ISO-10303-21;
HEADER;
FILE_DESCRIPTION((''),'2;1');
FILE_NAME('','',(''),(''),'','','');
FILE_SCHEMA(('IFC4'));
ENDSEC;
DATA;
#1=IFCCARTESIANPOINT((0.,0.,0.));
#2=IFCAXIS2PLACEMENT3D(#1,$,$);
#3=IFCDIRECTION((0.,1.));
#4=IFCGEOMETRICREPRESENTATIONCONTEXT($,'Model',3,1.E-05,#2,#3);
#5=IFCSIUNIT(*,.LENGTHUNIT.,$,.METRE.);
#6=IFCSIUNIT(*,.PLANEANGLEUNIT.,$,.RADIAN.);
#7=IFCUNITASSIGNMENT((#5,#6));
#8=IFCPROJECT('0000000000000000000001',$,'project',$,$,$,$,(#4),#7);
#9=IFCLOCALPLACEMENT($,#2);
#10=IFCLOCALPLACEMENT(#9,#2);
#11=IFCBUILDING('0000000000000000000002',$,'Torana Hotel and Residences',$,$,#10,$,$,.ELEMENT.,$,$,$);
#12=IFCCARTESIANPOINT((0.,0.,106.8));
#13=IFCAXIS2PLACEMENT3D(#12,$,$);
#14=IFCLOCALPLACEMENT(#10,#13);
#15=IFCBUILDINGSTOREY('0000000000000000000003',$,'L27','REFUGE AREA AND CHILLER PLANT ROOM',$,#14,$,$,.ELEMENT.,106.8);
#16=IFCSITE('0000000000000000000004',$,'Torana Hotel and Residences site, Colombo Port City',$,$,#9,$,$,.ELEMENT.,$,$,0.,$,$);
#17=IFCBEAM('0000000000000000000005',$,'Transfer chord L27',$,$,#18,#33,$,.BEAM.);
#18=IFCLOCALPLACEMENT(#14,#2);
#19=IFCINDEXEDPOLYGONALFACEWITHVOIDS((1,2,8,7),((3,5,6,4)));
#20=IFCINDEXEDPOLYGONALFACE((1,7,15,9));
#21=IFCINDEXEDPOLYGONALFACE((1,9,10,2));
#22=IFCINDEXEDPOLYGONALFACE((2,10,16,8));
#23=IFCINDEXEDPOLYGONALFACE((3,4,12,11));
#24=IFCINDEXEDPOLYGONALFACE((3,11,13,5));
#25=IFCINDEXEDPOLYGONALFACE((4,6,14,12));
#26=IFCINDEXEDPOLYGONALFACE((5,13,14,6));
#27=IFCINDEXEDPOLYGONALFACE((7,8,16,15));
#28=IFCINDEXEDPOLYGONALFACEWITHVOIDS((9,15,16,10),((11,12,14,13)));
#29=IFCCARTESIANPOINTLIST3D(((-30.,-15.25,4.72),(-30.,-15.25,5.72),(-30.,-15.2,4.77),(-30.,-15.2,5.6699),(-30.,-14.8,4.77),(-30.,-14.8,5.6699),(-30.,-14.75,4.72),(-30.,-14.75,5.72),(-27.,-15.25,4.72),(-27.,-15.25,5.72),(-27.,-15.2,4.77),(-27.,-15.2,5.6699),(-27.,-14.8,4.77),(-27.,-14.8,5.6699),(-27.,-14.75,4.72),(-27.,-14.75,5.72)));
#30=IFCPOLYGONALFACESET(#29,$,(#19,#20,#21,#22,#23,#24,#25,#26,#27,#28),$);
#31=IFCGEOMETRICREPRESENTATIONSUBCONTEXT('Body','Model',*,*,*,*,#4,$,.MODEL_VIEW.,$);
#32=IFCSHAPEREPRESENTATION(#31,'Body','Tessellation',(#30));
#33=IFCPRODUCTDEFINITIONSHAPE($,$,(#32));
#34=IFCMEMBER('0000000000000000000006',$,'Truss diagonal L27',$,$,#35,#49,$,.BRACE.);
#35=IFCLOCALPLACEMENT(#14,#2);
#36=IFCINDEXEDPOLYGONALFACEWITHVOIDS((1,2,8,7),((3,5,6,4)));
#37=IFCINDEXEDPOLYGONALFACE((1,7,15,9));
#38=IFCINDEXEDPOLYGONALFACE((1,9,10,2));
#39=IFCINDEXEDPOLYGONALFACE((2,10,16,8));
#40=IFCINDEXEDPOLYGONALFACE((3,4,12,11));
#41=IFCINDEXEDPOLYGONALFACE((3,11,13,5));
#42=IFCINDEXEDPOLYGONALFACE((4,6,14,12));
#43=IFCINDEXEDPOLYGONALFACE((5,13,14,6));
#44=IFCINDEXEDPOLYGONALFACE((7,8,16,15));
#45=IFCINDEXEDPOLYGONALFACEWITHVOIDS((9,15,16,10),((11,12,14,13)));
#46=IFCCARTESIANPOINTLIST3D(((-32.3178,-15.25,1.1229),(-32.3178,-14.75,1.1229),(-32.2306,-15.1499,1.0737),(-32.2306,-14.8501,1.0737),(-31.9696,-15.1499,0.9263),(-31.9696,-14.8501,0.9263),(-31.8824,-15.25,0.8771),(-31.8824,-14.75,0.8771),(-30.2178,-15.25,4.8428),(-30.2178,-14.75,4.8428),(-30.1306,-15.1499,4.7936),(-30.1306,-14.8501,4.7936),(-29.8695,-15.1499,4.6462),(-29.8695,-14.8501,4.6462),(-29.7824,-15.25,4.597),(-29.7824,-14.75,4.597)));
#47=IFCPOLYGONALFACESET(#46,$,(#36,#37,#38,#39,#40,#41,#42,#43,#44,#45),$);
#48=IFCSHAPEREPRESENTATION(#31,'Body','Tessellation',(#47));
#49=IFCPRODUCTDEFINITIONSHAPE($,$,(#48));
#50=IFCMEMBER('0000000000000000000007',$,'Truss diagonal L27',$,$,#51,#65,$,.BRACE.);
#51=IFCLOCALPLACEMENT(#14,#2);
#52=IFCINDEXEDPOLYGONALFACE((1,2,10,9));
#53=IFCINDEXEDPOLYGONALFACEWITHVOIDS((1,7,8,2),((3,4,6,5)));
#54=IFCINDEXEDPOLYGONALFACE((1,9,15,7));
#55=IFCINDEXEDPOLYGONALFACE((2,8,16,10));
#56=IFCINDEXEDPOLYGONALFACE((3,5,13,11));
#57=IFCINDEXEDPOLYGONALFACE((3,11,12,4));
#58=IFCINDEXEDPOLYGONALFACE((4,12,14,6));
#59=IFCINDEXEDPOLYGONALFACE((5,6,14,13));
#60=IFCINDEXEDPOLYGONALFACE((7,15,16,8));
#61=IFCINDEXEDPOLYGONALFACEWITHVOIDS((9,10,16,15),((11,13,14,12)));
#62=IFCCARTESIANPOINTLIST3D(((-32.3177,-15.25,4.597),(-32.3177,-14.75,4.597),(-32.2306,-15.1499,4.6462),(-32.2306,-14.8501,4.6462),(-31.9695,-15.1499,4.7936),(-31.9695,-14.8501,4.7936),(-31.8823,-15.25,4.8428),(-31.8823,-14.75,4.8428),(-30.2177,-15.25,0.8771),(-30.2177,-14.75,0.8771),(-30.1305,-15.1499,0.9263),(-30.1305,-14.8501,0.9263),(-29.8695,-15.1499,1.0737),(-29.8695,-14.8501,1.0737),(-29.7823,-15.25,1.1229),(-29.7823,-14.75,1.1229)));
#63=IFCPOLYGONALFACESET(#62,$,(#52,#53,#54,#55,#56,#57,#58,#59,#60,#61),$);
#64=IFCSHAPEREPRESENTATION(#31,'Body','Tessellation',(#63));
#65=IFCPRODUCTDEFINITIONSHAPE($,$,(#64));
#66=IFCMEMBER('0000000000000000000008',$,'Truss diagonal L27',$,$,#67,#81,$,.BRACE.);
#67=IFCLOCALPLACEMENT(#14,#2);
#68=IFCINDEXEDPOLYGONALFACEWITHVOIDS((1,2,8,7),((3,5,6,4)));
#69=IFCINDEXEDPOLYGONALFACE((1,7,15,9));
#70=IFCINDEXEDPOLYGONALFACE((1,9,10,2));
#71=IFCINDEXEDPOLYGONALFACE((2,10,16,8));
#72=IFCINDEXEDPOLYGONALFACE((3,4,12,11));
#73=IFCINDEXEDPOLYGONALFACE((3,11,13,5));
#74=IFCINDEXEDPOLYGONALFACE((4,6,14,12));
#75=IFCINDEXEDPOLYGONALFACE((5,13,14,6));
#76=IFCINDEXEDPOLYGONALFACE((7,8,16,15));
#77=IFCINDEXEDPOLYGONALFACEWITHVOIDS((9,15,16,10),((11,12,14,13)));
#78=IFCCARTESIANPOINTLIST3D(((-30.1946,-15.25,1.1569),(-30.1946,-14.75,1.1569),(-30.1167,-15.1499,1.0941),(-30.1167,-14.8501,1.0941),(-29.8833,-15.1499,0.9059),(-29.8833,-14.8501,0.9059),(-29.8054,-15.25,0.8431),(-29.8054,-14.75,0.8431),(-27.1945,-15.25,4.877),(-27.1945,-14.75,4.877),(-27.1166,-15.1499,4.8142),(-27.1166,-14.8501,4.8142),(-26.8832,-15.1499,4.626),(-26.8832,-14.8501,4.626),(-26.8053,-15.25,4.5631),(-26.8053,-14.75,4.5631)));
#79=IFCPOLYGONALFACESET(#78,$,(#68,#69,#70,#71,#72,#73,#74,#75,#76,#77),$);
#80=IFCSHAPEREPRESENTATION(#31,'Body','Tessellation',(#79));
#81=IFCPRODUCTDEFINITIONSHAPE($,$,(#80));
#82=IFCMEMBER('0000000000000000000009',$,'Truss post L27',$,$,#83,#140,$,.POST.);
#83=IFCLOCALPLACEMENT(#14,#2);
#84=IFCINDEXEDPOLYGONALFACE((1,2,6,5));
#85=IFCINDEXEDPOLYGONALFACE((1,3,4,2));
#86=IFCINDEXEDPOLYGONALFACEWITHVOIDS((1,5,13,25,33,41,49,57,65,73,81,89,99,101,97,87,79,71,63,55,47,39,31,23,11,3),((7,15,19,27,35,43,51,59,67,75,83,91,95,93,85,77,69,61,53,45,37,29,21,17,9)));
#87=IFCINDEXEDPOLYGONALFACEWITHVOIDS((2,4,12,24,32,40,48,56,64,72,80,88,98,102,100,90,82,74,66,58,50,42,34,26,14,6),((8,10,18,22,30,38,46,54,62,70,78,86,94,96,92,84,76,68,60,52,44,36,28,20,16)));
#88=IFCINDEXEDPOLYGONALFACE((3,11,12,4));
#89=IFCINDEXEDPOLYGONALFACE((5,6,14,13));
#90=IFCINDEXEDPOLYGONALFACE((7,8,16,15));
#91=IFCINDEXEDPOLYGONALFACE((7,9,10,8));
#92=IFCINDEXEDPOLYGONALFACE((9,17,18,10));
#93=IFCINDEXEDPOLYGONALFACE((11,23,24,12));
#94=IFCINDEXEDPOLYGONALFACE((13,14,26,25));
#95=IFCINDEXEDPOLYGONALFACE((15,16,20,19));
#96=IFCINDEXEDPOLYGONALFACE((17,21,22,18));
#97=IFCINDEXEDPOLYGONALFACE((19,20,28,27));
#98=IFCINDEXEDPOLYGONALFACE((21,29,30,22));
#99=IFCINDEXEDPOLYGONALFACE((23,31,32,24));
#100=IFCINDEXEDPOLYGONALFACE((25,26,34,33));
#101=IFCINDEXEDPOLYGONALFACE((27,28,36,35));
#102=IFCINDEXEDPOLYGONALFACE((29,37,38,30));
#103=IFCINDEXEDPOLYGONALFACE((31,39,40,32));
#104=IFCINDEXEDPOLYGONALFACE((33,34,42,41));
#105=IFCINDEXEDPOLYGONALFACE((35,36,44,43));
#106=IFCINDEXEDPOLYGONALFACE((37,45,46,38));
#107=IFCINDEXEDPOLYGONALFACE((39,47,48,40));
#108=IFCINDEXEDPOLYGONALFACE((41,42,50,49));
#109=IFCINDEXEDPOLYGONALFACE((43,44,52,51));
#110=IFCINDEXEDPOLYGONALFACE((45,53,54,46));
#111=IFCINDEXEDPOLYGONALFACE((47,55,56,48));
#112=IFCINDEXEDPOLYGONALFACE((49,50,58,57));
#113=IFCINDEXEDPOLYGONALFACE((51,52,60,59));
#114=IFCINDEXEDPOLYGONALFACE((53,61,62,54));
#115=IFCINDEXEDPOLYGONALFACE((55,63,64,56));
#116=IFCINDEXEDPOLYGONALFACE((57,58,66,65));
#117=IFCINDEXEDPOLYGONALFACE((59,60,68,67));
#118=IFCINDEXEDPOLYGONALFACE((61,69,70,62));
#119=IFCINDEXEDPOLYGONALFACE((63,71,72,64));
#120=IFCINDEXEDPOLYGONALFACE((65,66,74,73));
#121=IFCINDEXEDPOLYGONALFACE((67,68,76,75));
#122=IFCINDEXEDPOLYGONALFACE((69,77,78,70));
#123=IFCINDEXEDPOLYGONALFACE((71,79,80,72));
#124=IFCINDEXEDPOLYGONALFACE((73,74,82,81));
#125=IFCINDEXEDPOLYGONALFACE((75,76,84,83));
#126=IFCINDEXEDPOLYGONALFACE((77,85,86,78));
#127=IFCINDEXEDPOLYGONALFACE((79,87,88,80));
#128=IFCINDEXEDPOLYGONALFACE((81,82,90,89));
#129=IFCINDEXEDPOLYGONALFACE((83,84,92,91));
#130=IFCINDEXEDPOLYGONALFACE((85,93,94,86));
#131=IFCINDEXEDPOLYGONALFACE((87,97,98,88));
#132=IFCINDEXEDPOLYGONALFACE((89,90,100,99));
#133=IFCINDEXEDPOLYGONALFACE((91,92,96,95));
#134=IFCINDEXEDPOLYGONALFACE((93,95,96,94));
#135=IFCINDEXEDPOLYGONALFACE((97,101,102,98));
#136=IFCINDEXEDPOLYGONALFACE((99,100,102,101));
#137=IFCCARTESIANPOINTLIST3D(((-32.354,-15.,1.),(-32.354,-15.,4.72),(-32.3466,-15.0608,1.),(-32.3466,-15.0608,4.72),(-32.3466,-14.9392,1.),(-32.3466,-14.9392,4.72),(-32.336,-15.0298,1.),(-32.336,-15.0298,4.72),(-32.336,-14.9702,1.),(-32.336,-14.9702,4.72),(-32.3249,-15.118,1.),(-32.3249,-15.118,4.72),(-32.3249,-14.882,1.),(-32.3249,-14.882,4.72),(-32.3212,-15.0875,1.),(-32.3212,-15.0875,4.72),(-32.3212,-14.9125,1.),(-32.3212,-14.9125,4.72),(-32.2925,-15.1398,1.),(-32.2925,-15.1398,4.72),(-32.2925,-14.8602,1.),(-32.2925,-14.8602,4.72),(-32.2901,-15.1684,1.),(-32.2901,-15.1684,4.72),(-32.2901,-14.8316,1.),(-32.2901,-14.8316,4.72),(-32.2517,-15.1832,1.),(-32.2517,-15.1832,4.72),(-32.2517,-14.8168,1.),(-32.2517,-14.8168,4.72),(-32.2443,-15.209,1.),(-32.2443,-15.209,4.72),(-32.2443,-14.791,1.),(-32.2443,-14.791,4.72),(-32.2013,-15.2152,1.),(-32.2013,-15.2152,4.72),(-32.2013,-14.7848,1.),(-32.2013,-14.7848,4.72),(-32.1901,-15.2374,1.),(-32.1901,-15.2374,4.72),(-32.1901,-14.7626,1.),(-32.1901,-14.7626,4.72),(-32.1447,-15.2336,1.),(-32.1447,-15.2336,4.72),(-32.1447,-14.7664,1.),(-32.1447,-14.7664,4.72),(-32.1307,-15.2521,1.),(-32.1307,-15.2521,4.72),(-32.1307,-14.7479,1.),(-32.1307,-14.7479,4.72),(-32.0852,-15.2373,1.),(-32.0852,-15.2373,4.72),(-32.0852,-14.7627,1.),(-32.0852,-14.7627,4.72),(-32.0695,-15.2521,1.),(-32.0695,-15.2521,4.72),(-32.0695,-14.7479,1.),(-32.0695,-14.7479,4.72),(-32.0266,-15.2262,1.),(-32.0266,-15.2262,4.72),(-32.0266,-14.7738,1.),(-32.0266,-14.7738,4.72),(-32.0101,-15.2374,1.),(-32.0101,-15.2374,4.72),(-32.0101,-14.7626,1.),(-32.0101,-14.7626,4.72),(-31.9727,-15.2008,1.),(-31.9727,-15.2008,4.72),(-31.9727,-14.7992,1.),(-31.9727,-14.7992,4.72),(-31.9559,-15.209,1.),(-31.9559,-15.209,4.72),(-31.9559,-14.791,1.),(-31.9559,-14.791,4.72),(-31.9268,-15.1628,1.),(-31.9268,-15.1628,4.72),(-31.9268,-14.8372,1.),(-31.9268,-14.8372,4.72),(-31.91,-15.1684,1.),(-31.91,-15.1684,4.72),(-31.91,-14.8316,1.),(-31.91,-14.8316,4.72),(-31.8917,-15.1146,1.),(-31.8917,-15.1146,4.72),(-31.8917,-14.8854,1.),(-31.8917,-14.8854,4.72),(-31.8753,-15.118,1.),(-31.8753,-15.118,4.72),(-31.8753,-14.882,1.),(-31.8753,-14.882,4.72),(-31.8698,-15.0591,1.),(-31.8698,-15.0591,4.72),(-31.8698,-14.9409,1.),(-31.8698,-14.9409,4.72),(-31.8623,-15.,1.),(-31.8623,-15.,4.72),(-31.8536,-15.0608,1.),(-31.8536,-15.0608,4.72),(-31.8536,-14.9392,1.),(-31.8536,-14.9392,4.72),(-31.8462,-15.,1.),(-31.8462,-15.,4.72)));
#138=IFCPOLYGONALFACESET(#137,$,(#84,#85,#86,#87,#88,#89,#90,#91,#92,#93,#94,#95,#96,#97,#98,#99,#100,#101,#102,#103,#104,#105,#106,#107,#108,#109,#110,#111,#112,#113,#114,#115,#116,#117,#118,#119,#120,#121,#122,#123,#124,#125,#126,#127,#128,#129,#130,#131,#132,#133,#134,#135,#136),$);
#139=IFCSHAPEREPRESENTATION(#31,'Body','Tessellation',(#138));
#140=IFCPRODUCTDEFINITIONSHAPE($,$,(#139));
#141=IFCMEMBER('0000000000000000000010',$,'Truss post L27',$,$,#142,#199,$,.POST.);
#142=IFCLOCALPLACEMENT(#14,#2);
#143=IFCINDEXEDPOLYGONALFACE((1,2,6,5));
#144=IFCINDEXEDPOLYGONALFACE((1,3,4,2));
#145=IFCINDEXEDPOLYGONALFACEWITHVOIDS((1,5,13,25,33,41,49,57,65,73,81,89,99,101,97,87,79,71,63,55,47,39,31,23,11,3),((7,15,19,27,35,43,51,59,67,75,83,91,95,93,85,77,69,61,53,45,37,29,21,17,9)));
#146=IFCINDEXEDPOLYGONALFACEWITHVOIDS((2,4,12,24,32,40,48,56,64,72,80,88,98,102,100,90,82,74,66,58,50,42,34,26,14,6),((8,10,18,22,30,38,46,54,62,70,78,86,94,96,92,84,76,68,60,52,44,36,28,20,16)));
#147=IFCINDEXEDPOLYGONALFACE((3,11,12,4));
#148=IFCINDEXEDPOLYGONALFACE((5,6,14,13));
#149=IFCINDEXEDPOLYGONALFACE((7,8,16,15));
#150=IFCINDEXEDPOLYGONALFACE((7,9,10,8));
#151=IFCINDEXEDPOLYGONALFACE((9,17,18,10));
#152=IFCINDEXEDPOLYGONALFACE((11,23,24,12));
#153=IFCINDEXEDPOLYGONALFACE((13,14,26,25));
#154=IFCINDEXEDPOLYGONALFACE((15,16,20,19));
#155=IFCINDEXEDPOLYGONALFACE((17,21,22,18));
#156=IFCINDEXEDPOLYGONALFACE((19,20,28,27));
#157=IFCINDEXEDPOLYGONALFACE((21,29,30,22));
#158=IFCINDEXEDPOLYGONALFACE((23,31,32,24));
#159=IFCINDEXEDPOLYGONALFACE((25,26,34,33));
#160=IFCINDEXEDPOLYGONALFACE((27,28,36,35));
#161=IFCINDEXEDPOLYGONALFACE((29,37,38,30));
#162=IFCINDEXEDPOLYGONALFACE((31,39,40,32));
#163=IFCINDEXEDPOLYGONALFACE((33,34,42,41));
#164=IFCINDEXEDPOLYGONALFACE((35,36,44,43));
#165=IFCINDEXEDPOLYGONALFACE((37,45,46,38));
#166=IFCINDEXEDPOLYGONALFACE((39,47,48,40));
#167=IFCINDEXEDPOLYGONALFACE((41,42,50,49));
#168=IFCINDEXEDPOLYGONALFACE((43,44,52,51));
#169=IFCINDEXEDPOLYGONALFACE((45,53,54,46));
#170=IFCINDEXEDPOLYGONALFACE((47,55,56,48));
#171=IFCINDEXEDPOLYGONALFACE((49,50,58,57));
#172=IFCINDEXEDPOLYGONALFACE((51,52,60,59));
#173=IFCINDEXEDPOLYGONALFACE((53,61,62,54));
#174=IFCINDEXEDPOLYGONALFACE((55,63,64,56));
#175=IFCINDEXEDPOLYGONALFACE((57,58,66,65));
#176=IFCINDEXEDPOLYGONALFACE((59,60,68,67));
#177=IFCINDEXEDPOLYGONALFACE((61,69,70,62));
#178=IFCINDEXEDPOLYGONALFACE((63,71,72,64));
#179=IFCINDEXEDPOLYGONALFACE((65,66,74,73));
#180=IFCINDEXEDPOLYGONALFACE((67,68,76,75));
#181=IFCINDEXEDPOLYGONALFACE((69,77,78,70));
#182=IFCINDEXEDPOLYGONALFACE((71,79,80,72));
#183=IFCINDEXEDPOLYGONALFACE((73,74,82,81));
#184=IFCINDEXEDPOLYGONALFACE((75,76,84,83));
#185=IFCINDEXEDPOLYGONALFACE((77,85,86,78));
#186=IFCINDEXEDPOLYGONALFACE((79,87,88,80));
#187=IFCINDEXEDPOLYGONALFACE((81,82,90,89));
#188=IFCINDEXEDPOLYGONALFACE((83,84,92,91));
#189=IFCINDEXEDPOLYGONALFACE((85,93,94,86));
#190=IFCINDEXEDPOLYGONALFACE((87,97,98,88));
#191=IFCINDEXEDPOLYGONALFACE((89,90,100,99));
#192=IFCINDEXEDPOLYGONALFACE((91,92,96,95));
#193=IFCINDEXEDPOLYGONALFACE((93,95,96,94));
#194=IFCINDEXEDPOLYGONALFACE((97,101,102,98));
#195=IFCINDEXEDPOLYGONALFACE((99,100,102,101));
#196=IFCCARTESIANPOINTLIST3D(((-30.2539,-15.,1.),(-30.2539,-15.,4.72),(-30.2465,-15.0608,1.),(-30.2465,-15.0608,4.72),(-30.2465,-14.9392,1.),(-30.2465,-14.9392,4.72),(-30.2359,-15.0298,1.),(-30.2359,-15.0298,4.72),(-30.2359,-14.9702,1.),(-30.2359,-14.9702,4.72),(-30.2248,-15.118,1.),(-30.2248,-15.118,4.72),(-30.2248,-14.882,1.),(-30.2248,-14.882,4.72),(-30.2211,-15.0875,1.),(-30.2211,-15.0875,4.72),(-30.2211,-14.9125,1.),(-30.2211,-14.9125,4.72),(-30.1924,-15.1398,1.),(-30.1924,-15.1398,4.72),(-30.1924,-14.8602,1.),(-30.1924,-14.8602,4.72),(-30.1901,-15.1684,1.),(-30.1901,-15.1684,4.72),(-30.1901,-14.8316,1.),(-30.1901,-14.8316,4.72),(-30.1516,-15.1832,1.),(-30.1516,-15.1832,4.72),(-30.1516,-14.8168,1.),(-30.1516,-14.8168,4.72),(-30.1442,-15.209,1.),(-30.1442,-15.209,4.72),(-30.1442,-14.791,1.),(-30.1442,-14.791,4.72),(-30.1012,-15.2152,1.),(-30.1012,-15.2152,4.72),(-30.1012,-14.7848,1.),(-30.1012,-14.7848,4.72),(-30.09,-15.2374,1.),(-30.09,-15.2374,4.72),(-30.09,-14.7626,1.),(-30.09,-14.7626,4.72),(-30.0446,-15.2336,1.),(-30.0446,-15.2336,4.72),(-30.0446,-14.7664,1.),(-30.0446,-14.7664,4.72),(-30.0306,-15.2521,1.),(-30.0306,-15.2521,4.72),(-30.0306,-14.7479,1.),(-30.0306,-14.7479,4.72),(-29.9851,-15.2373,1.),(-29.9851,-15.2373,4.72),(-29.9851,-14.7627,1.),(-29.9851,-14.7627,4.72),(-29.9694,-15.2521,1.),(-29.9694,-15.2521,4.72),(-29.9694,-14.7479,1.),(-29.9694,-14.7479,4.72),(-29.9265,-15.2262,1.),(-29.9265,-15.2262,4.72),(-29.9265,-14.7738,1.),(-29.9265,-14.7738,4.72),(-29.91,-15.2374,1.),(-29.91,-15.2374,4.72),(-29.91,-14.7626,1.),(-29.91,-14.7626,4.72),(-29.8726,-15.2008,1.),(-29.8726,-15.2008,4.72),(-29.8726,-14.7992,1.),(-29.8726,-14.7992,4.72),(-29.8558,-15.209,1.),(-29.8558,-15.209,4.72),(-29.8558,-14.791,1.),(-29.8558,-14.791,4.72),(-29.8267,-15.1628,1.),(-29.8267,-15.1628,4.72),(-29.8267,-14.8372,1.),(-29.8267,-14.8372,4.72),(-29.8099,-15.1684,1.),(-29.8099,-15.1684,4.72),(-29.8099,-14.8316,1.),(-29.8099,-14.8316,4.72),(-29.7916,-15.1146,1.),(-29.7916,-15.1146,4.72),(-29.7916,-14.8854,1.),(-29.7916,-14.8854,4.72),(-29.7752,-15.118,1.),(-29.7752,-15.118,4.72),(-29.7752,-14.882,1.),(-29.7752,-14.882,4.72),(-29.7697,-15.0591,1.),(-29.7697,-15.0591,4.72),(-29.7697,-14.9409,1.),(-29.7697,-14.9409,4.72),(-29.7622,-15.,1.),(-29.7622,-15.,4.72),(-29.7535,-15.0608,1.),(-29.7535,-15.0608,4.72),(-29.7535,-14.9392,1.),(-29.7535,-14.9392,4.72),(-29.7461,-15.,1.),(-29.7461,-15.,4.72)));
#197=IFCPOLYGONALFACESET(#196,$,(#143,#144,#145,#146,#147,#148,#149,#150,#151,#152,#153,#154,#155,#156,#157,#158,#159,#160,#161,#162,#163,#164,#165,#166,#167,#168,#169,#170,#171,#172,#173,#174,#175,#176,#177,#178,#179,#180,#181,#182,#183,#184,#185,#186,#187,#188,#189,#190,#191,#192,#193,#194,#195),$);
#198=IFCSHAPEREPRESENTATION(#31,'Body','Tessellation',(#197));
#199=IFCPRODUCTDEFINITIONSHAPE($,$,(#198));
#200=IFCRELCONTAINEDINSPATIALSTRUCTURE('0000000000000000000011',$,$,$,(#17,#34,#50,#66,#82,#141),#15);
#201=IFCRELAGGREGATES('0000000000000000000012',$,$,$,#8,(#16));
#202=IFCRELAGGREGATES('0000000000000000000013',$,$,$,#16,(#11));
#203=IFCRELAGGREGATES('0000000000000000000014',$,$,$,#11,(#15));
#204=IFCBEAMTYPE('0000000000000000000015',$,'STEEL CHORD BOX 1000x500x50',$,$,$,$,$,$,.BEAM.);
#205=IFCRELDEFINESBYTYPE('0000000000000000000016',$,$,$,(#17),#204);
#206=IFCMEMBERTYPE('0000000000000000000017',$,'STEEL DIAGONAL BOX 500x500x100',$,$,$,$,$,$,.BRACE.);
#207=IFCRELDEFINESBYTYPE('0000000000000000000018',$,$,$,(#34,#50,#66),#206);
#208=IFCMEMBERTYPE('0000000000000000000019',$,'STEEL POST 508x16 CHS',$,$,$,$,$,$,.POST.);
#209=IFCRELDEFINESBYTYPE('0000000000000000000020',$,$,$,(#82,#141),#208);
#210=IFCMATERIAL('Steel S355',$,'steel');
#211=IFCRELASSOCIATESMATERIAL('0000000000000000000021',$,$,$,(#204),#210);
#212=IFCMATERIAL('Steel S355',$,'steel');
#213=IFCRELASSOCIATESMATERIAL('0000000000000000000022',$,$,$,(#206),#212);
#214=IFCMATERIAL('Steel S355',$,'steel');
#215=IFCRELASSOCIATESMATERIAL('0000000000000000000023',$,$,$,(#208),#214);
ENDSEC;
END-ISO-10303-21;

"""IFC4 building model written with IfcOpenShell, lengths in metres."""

from ifc_helpers import new_model, si_unit, direction, frame, origin, origin_2d, place, context, subcontext, project, spatial, hollow_rectangle, hollow_circle, extrude, material, material_profile, profile_set, type_object, element, save


model = new_model("IFC4")

# Units and contexts
model_context = context("Model", 3, precision=1e-05, world=origin(), true_north=direction((0.0, 1.0)))
body_context = subcontext(model_context, "Body", "Model", "MODEL_VIEW")
ifc_project = project(units=[si_unit("LENGTHUNIT", "METRE"), si_unit("PLANEANGLEUNIT", "RADIAN")], contexts=[model_context])

# Site, building, storey
site_placement = place(None, origin())
site = spatial("IfcSite", under=ifc_project, at=site_placement, Name="Torana Hotel and Residences site, Colombo Port City", CompositionType="ELEMENT", RefElevation=0.0)
building_placement = place(site_placement, origin())
building = spatial("IfcBuilding", under=site, at=building_placement, Name="Torana Hotel and Residences", CompositionType="ELEMENT")
storey_placement = place(building_placement, frame((0.0, 0.0, 106.8)))
storey = spatial("IfcBuildingStorey", under=building, at=storey_placement, Name="L27", Description="REFUGE AREA AND CHILLER PLANT ROOM", CompositionType="ELEMENT", Elevation=106.8)

# Beam
ifc_material_1 = material(Name="Steel S355", Category="steel")
ifc_material_profile_1 = material_profile(ifc_material_1, hollow_rectangle(XDim=0.5, YDim=1.0, WallThickness=0.05, at=origin_2d()), Name="BOX 1000x500x50")
ifc_profile_set_1 = profile_set([ifc_material_profile_1], Name="Steel S355")
beam_type = type_object("IfcBeamType", Name="STEEL CHORD BOX 1000x500x50", PredefinedType="BEAM", material=ifc_profile_set_1)
for number, where, z_axis, x_axis, name in (
    (1, (-30.0, -15.0, 5.22), (1.0, 0.0, 0.0), (0.0, 1.0, 0.0), "Transfer chord L27"),
):
    element("IfcBeam", number, at=place(storey_placement, frame(where, z_axis=z_axis, x_axis=x_axis)), inside=storey, type_object=beam_type, Name=name, PredefinedType="BEAM", context=body_context, shape_type="SweptSolid", body=[
        extrude(hollow_rectangle(XDim=0.5, YDim=1.0, WallThickness=0.05, at=origin_2d()), origin(), (0.0, 0.0, 1.0), 3.0),
    ])

# Members
ifc_material_2 = material(Name="Steel S355", Category="steel")
ifc_material_profile_2 = material_profile(ifc_material_2, hollow_rectangle(XDim=0.5, YDim=0.5, WallThickness=0.1001, at=origin_2d()), Name="BOX 500x500x100")
ifc_profile_set_2 = profile_set([ifc_material_profile_2], Name="Steel S355")
member_type_1 = type_object("IfcMemberType", Name="STEEL DIAGONAL BOX 500x500x100", PredefinedType="BRACE", material=ifc_profile_set_2)
for number, where, z_axis, x_axis, name in (
    (2, (-32.1001, -15.0, 1.0), (0.491615, 0.0, 0.870813), (0.0, 1.0, 0.0), "Truss diagonal L27"),
    (3, (-30.0, -15.0, 1.0), (-0.491615, 0.0, 0.870813), (0.0, -1.0, 0.0), "Truss diagonal L27"),
):
    element("IfcMember", number, at=place(storey_placement, frame(where, z_axis=z_axis, x_axis=x_axis)), inside=storey, type_object=member_type_1, Name=name, PredefinedType="BRACE", context=body_context, shape_type="SweptSolid", body=[
        extrude(hollow_rectangle(XDim=0.5, YDim=0.5, WallThickness=0.1001, at=origin_2d()), origin(), (0.0, 0.0, 1.0), 4.2717),
    ])
member_1_placement = place(storey_placement, frame((-30.0, -15.0, 1.0), z_axis=(0.627755, 0.0, 0.778411), x_axis=(0.0, 1.0, 0.0)))
element("IfcMember", 4, at=member_1_placement, inside=storey, type_object=member_type_1, Name="Truss diagonal L27", PredefinedType="BRACE", context=body_context, shape_type="SweptSolid", body=[
    extrude(hollow_rectangle(XDim=0.5, YDim=0.5, WallThickness=0.1001, at=origin_2d()), origin(), (0.0, 0.0, 1.0), 4.7791),
])
ifc_material_3 = material(Name="Steel S355", Category="steel")
ifc_material_profile_3 = material_profile(ifc_material_3, hollow_circle(Radius=0.2539, WallThickness=0.0161, at=origin_2d()), Name="508x16 CHS")
ifc_profile_set_3 = profile_set([ifc_material_profile_3], Name="Steel S355")
member_type_2 = type_object("IfcMemberType", Name="STEEL POST 508x16 CHS", PredefinedType="POST", material=ifc_profile_set_3)
for number, where, z_axis, x_axis, name in (
    (5, (-32.1001, -15.0, 1.0), (0.0, 0.0, 1.0), (1.0, 0.0, 0.0), "Truss post L27"),
    (6, (-30.0, -15.0, 1.0), (0.0, 0.0, 1.0), (1.0, 0.0, 0.0), "Truss post L27"),
):
    element("IfcMember", number, at=place(storey_placement, frame(where, z_axis=z_axis, x_axis=x_axis)), inside=storey, type_object=member_type_2, Name=name, PredefinedType="POST", context=body_context, shape_type="SweptSolid", body=[
        extrude(hollow_circle(Radius=0.2539, WallThickness=0.0161, at=origin_2d()), origin(), (0.0, 0.0, 1.0), 3.72),
    ])

save(model, "model.ifc")
